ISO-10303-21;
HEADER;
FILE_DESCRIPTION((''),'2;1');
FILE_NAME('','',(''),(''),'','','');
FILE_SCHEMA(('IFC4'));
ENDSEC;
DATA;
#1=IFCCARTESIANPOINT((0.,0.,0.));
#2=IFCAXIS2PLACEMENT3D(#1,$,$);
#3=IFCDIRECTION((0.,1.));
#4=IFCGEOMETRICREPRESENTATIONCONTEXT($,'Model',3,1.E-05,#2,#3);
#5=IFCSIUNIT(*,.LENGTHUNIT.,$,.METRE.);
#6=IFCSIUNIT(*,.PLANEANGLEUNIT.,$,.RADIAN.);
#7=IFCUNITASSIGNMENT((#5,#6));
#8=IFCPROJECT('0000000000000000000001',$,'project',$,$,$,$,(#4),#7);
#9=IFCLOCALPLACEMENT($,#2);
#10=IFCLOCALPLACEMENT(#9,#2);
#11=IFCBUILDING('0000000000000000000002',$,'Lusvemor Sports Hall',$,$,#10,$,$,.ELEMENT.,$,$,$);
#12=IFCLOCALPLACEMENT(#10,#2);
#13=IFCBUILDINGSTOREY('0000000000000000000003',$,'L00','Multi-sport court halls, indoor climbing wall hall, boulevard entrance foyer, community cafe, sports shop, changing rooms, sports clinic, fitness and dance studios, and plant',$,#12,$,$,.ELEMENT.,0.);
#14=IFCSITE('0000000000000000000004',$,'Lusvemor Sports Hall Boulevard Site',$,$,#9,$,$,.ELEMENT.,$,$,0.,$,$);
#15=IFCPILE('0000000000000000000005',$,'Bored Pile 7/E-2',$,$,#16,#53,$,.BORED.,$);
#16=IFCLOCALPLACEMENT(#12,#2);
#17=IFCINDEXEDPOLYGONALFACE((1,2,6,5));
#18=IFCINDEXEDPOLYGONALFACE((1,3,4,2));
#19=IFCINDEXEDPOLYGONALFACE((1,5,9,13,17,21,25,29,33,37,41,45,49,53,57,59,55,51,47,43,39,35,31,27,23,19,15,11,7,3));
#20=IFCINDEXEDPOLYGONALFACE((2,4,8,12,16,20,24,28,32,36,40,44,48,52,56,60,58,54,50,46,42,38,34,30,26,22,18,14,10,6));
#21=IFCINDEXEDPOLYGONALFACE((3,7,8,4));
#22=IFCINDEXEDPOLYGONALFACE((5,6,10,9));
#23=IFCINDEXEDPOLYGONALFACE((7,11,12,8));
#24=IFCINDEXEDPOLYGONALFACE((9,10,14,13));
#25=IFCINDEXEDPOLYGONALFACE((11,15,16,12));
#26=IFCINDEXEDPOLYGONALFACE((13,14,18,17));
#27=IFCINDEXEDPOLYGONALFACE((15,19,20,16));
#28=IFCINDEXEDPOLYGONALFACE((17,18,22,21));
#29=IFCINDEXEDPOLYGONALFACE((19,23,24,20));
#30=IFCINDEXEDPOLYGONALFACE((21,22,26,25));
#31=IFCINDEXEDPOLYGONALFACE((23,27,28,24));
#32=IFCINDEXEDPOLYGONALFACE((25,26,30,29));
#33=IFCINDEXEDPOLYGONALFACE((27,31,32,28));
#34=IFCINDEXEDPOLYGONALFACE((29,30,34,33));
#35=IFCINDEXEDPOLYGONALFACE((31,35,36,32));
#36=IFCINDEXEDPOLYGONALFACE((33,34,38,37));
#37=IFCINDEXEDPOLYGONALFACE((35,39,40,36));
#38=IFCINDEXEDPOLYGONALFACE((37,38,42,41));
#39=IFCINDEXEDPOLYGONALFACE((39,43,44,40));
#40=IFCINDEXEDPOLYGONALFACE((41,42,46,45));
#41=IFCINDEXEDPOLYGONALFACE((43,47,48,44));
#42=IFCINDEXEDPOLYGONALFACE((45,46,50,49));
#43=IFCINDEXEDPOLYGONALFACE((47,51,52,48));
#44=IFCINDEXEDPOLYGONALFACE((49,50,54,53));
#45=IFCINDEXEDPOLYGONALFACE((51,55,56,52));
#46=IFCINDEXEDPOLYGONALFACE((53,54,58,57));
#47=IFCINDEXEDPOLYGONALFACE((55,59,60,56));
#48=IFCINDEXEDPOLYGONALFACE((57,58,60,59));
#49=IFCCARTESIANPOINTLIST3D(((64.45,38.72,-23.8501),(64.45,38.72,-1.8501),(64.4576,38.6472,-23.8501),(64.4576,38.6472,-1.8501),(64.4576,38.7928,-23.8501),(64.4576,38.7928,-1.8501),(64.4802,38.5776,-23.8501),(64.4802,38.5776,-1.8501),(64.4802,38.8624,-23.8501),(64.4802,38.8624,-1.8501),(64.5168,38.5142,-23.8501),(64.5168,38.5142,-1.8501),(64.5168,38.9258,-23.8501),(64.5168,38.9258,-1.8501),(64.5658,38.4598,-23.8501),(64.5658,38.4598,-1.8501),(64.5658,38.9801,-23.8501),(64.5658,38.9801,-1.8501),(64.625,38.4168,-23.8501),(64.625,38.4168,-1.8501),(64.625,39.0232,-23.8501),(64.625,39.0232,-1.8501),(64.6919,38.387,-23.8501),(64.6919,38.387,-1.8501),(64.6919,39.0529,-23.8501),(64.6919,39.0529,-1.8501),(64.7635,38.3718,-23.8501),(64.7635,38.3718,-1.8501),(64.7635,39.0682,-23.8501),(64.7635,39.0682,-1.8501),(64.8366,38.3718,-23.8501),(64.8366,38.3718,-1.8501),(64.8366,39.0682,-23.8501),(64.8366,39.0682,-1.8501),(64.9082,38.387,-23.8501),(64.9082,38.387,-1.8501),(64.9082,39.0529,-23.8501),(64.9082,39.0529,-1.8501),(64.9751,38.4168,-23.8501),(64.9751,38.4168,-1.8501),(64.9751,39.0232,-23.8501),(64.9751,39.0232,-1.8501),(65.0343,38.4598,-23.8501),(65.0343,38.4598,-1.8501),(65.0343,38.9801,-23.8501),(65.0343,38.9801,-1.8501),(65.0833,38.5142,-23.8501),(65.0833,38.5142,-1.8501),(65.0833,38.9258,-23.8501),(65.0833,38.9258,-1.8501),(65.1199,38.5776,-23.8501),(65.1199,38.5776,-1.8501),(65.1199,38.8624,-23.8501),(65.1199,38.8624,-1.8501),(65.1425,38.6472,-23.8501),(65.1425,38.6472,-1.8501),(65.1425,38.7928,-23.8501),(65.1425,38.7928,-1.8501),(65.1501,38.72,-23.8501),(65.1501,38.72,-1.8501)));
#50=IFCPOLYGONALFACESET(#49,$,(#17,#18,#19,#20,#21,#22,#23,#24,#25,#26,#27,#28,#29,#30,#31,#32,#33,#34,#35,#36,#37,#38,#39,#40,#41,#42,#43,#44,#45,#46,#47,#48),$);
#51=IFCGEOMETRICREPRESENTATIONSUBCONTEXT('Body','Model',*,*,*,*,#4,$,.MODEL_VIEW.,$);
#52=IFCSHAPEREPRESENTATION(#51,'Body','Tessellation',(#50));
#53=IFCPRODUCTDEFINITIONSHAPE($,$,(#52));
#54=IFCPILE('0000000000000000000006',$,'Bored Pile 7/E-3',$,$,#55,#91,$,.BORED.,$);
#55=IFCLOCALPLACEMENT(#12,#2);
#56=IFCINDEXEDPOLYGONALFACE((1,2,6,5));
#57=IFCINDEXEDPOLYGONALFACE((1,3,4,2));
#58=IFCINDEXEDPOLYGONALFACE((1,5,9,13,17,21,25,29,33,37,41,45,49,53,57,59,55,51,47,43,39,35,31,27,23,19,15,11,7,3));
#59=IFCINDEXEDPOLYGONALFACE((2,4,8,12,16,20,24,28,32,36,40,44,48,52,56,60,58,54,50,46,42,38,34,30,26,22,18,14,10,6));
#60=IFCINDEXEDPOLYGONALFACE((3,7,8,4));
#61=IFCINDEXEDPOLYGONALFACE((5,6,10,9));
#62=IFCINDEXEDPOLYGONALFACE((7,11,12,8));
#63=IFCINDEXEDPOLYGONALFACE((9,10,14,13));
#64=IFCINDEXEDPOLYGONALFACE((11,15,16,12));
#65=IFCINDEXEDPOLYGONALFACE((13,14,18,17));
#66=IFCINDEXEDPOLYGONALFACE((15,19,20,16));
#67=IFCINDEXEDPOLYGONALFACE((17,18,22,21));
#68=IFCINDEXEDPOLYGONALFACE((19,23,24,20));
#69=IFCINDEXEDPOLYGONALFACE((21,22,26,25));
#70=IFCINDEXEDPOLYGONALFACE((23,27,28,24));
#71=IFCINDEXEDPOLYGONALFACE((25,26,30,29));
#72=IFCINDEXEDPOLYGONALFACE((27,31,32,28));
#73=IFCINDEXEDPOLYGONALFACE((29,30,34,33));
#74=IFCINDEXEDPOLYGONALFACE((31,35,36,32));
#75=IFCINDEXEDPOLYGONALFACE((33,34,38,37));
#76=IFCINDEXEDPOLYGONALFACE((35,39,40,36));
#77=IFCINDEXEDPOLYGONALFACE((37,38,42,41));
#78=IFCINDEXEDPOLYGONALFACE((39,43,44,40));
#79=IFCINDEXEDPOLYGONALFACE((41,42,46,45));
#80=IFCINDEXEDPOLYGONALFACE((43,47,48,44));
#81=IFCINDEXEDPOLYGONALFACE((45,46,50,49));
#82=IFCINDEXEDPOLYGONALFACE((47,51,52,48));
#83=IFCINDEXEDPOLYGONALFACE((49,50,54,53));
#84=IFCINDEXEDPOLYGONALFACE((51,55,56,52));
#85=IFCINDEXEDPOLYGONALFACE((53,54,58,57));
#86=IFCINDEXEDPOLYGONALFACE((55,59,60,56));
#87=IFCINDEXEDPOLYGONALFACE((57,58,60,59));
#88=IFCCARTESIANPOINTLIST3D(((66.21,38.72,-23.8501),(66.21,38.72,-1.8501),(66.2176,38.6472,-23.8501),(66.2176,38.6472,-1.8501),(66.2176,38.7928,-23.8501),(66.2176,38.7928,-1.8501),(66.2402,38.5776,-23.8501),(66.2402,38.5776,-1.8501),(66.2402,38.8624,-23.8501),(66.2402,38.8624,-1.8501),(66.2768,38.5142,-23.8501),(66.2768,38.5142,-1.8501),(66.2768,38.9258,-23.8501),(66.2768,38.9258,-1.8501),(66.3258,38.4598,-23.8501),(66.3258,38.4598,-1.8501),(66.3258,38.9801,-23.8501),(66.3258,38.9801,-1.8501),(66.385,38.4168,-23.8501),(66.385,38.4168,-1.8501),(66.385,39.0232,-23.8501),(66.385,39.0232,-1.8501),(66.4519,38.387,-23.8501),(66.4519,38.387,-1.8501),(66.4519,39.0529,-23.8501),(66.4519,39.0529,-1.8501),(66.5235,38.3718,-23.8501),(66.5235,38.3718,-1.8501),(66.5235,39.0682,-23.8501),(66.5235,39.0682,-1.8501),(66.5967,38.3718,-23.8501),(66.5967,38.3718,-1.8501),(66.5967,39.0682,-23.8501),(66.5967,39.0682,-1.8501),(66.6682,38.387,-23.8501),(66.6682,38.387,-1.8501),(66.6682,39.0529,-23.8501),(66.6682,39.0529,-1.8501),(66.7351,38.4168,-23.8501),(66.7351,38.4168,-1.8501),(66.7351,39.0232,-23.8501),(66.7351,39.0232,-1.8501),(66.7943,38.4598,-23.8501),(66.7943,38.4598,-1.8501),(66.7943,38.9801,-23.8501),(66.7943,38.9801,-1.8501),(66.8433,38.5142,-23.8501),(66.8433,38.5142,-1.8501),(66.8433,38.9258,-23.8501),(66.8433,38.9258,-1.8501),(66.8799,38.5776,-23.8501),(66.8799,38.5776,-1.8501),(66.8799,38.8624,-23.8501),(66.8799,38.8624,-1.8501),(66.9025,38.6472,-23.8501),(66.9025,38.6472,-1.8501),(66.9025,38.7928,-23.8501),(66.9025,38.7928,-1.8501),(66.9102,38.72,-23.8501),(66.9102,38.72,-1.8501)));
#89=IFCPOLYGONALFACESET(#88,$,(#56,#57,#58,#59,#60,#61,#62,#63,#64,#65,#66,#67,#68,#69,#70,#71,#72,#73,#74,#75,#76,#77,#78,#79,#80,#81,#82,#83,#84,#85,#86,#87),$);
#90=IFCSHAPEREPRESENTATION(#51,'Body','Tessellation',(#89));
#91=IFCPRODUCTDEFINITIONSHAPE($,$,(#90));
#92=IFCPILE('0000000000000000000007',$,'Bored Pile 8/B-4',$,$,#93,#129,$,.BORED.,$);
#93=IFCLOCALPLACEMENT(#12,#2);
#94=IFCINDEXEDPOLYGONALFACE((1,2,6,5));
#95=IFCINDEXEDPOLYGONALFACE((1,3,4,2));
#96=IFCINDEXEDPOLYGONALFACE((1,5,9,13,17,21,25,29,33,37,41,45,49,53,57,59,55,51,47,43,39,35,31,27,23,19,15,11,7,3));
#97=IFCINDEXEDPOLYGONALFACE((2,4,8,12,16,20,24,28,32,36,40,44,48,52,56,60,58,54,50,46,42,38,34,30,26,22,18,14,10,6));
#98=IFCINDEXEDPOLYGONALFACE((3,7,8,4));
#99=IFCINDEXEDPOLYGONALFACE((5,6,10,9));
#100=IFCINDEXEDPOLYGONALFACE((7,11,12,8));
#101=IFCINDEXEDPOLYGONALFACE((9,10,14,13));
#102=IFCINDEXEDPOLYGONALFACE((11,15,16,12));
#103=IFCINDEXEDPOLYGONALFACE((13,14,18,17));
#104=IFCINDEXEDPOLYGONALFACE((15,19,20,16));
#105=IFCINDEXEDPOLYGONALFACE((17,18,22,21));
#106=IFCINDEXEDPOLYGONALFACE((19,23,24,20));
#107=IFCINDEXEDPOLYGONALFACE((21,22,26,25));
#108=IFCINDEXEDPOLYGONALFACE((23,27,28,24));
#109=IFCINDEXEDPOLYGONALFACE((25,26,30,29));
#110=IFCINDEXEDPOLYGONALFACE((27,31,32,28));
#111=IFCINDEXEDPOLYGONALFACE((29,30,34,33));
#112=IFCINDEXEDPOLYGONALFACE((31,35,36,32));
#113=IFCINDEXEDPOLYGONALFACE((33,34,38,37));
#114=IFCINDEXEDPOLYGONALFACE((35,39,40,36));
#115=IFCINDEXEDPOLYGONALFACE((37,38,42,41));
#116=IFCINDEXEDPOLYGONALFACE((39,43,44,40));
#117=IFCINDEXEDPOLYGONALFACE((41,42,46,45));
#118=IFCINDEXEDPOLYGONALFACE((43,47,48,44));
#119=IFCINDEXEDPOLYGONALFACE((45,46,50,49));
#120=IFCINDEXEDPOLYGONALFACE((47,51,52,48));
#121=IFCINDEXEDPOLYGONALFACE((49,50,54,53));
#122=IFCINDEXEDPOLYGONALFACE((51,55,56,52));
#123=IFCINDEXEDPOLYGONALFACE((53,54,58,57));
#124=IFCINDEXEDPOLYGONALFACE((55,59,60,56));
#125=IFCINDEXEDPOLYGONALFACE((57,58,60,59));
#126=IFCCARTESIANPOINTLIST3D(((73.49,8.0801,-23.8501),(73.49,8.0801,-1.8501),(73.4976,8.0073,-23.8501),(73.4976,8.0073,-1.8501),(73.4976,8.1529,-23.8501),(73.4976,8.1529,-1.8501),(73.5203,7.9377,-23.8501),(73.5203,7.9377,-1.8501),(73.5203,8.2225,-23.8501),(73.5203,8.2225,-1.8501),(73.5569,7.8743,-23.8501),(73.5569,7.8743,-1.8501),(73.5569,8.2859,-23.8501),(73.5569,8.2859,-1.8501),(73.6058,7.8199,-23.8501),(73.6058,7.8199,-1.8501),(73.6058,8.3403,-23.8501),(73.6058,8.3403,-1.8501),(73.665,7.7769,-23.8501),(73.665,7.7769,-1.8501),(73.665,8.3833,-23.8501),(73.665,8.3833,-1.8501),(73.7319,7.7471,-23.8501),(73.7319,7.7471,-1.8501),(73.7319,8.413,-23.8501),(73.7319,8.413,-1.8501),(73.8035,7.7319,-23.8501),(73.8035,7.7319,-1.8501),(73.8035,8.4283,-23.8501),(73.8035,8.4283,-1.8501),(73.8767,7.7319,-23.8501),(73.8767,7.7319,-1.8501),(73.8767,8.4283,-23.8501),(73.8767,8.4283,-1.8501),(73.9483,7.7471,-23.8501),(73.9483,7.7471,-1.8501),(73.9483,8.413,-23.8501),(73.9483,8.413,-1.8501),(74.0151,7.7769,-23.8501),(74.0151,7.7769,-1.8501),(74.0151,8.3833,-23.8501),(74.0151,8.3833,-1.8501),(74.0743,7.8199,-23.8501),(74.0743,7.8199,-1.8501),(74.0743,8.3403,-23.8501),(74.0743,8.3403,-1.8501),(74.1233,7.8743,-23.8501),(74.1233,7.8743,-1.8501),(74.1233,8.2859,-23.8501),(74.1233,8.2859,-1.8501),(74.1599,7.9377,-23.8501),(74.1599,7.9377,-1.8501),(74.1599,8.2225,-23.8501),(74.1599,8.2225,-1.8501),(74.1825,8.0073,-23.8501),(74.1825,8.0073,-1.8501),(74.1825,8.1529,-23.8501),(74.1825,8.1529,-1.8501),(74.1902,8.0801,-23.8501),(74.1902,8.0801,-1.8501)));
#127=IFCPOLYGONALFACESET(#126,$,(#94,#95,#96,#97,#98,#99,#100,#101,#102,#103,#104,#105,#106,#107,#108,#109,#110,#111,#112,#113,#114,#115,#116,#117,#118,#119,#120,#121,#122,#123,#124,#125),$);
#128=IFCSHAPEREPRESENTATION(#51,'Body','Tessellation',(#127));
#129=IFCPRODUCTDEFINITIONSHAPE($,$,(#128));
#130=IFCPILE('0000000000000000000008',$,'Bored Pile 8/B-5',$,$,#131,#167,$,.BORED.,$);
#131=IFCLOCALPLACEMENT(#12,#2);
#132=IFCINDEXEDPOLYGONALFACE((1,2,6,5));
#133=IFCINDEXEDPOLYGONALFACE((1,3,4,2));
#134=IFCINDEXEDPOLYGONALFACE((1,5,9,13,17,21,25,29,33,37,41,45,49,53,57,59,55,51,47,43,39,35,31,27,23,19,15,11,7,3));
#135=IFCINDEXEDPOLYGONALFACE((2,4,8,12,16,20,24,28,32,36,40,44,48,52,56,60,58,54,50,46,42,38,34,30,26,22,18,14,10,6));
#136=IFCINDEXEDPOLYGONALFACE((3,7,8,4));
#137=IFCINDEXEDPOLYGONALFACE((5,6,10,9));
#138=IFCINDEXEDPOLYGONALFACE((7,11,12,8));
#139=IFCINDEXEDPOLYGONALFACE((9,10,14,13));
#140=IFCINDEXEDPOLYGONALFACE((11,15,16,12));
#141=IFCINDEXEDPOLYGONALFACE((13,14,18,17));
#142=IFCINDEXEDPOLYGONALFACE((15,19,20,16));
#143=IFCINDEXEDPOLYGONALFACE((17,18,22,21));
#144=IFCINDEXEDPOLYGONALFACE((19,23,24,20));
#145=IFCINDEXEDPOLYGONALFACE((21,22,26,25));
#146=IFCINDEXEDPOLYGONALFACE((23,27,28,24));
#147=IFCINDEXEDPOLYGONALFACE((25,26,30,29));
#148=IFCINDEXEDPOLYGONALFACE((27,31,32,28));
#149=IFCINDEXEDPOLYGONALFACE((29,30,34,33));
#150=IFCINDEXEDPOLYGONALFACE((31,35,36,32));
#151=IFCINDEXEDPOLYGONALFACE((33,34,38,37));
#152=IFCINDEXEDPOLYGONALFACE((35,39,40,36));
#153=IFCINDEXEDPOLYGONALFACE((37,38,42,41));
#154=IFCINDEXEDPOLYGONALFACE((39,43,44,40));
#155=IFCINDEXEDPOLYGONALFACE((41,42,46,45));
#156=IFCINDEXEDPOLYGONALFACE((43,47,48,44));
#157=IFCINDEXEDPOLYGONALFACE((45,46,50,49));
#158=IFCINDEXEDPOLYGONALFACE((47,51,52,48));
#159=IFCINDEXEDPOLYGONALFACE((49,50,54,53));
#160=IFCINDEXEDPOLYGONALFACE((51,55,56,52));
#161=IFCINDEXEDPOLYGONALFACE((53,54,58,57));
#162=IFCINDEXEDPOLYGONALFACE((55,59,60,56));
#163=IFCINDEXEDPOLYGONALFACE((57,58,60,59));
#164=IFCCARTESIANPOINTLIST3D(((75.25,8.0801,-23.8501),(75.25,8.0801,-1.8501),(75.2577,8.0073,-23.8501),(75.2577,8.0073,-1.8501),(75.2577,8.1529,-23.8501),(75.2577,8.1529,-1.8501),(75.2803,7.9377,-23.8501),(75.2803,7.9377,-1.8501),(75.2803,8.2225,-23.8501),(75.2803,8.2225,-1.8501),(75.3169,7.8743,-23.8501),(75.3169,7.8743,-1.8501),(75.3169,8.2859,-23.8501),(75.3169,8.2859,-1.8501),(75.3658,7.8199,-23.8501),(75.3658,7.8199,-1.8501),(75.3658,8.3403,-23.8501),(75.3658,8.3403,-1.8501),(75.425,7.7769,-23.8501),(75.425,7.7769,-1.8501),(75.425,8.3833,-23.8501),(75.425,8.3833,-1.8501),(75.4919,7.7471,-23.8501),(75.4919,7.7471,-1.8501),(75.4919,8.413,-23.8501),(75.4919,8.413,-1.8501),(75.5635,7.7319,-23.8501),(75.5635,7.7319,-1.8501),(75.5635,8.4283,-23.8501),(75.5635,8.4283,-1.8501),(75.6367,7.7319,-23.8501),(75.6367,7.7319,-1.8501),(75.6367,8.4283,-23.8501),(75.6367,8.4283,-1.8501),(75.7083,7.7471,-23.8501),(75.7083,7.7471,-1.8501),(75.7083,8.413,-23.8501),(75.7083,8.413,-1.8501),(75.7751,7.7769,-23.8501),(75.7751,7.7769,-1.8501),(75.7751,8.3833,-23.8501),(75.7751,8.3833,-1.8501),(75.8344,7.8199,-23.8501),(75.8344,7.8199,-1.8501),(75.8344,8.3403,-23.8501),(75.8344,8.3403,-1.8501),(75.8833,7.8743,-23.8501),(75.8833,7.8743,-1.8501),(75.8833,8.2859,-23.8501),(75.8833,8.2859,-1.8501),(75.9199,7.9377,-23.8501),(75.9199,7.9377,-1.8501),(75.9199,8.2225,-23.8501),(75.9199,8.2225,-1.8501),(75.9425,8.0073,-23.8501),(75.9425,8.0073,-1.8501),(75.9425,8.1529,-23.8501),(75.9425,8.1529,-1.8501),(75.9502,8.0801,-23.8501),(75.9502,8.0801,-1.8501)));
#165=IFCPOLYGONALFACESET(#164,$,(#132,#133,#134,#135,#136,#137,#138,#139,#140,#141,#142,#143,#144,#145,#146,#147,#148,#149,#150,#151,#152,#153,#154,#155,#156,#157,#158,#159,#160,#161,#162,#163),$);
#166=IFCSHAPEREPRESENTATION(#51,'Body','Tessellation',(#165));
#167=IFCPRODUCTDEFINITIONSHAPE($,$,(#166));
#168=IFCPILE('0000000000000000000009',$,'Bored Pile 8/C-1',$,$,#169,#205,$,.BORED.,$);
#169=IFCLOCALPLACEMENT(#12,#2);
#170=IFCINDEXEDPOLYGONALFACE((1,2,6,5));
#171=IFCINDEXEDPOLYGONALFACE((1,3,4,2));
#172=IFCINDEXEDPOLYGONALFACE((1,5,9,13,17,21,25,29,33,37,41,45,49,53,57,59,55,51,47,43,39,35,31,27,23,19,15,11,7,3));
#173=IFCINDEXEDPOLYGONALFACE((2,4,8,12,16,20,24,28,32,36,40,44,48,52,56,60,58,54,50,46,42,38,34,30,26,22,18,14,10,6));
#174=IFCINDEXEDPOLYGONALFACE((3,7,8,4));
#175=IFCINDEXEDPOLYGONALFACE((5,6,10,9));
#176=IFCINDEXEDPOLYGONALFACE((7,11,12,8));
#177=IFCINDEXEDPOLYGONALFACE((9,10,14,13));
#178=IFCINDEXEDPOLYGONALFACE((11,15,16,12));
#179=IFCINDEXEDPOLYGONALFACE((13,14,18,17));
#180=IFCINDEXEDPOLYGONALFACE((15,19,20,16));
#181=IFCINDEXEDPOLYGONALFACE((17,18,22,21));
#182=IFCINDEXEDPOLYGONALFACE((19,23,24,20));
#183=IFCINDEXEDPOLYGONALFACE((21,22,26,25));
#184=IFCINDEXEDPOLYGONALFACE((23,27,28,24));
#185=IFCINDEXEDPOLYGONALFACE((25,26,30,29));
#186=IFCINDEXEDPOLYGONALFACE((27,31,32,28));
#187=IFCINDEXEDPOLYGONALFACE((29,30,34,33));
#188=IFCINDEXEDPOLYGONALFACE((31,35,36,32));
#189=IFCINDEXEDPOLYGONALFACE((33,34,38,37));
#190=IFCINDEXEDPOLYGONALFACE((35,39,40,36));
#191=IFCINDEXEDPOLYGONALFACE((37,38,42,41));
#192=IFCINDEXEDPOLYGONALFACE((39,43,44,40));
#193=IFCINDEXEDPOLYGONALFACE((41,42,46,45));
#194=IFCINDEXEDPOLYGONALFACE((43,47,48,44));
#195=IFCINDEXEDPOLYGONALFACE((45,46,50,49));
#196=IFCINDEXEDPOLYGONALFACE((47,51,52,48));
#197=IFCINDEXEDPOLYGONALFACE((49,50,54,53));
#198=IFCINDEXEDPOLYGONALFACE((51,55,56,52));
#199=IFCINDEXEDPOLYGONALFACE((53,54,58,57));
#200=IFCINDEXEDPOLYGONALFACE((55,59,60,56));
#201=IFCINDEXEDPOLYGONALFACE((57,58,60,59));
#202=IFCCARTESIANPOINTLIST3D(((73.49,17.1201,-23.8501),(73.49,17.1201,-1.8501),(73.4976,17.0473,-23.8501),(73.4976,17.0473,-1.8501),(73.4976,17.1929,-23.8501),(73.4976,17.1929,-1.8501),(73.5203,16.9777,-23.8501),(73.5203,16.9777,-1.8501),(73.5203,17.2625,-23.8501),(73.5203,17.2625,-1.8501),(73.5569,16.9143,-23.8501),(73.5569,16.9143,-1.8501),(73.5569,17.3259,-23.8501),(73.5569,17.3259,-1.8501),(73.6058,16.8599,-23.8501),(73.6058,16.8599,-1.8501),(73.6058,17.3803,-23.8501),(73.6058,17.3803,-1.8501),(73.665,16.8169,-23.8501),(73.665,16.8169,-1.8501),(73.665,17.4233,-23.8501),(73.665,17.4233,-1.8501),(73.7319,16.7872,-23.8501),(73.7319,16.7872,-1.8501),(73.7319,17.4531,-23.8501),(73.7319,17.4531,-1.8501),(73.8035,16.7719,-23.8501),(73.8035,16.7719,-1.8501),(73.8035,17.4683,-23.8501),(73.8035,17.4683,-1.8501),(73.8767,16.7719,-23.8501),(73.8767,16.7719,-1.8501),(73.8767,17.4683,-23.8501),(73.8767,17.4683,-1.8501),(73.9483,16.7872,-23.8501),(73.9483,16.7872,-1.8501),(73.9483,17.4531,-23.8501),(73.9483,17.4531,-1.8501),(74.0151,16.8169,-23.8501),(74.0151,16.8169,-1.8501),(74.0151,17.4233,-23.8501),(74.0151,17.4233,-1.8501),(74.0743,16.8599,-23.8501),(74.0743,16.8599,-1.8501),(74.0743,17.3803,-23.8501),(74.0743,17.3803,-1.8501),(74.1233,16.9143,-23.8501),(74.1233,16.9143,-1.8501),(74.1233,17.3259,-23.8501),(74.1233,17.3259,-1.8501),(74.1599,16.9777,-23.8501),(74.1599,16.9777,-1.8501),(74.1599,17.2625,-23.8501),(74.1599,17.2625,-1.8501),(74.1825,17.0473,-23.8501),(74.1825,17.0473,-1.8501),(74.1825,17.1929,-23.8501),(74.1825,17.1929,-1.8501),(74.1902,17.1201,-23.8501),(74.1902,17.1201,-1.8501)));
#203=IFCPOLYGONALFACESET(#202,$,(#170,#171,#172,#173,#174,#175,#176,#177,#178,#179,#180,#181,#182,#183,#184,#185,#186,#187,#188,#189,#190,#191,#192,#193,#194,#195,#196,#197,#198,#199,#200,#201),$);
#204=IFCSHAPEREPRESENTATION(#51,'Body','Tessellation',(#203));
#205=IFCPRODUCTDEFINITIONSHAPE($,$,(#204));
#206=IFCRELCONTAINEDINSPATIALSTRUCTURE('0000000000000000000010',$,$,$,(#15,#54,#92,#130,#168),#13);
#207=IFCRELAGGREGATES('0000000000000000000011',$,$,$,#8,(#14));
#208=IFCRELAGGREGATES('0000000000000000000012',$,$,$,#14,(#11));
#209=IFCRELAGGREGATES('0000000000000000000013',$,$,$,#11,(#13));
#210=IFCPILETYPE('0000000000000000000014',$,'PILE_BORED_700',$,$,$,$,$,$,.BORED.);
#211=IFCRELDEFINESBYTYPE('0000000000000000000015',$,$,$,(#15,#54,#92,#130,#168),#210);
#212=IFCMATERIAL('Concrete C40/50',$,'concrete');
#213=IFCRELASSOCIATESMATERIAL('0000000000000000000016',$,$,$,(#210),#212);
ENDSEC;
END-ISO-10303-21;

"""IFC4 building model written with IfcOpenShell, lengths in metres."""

from ifc_helpers import new_model, si_unit, direction, frame, origin, origin_2d, place, context, subcontext, project, spatial, circle, extrude, material, material_profile, profile_set, type_object, element, save


model = new_model("IFC4")

# Units and contexts
model_context = context("Model", 3, precision=1e-05, world=origin(), true_north=direction((0.0, 1.0)))
body_context = subcontext(model_context, "Body", "Model", "MODEL_VIEW")
ifc_project = project(units=[si_unit("LENGTHUNIT", "METRE"), si_unit("PLANEANGLEUNIT", "RADIAN")], contexts=[model_context])

# Site, building, storey
site_placement = place(None, origin())
site = spatial("IfcSite", under=ifc_project, at=site_placement, Name="Lusvemor Sports Hall Boulevard Site", CompositionType="ELEMENT", RefElevation=0.0)
building_placement = place(site_placement, origin())
building = spatial("IfcBuilding", under=site, at=building_placement, Name="Lusvemor Sports Hall", CompositionType="ELEMENT")
storey_placement = place(building_placement, origin())
storey = spatial("IfcBuildingStorey", under=building, at=storey_placement, Name="L00", Description="Multi-sport court halls, indoor climbing wall hall, boulevard entrance foyer, community cafe, sports shop, changing rooms, sports clinic, fitness and dance studios, and plant", CompositionType="ELEMENT", Elevation=0.0)

# Piles
ifc_material_1 = material(Name="Concrete C40/50", Category="concrete")
ifc_material_profile_1 = material_profile(ifc_material_1, circle(Radius=0.3501, at=origin_2d()), Name="PILE700")
ifc_profile_set_1 = profile_set([ifc_material_profile_1], Name="Concrete C40/50")
pile_type = type_object("IfcPileType", Name="PILE_BORED_700", PredefinedType="BORED", material=ifc_profile_set_1)
for number, where, z_axis, x_axis, name in (
    (1, (64.8, 38.72, -1.8501), (0.0, 0.0, -1.0), (1.0, 0.0, 0.0), "Bored Pile 7/E-2"),
    (2, (66.5601, 38.72, -1.8501), (0.0, 0.0, -1.0), (1.0, 0.0, 0.0), "Bored Pile 7/E-3"),
    (3, (73.8401, 8.0801, -1.8501), (0.0, 0.0, -1.0), (1.0, 0.0, 0.0), "Bored Pile 8/B-4"),
    (4, (75.6001, 8.0801, -1.8501), (0.0, 0.0, -1.0), (1.0, 0.0, 0.0), "Bored Pile 8/B-5"),
    (5, (73.8401, 17.1201, -1.8501), (0.0, 0.0, -1.0), (1.0, 0.0, 0.0), "Bored Pile 8/C-1"),
):
    element("IfcPile", number, at=place(storey_placement, frame(where, z_axis=z_axis, x_axis=x_axis)), inside=storey, type_object=pile_type, Name=name, PredefinedType="BORED", context=body_context, shape_type="SweptSolid", body=[
        extrude(circle(Radius=0.3501, at=origin_2d()), origin(), (0.0, 0.0, 1.0), 22.0),
    ])

save(model, "model.ifc")
